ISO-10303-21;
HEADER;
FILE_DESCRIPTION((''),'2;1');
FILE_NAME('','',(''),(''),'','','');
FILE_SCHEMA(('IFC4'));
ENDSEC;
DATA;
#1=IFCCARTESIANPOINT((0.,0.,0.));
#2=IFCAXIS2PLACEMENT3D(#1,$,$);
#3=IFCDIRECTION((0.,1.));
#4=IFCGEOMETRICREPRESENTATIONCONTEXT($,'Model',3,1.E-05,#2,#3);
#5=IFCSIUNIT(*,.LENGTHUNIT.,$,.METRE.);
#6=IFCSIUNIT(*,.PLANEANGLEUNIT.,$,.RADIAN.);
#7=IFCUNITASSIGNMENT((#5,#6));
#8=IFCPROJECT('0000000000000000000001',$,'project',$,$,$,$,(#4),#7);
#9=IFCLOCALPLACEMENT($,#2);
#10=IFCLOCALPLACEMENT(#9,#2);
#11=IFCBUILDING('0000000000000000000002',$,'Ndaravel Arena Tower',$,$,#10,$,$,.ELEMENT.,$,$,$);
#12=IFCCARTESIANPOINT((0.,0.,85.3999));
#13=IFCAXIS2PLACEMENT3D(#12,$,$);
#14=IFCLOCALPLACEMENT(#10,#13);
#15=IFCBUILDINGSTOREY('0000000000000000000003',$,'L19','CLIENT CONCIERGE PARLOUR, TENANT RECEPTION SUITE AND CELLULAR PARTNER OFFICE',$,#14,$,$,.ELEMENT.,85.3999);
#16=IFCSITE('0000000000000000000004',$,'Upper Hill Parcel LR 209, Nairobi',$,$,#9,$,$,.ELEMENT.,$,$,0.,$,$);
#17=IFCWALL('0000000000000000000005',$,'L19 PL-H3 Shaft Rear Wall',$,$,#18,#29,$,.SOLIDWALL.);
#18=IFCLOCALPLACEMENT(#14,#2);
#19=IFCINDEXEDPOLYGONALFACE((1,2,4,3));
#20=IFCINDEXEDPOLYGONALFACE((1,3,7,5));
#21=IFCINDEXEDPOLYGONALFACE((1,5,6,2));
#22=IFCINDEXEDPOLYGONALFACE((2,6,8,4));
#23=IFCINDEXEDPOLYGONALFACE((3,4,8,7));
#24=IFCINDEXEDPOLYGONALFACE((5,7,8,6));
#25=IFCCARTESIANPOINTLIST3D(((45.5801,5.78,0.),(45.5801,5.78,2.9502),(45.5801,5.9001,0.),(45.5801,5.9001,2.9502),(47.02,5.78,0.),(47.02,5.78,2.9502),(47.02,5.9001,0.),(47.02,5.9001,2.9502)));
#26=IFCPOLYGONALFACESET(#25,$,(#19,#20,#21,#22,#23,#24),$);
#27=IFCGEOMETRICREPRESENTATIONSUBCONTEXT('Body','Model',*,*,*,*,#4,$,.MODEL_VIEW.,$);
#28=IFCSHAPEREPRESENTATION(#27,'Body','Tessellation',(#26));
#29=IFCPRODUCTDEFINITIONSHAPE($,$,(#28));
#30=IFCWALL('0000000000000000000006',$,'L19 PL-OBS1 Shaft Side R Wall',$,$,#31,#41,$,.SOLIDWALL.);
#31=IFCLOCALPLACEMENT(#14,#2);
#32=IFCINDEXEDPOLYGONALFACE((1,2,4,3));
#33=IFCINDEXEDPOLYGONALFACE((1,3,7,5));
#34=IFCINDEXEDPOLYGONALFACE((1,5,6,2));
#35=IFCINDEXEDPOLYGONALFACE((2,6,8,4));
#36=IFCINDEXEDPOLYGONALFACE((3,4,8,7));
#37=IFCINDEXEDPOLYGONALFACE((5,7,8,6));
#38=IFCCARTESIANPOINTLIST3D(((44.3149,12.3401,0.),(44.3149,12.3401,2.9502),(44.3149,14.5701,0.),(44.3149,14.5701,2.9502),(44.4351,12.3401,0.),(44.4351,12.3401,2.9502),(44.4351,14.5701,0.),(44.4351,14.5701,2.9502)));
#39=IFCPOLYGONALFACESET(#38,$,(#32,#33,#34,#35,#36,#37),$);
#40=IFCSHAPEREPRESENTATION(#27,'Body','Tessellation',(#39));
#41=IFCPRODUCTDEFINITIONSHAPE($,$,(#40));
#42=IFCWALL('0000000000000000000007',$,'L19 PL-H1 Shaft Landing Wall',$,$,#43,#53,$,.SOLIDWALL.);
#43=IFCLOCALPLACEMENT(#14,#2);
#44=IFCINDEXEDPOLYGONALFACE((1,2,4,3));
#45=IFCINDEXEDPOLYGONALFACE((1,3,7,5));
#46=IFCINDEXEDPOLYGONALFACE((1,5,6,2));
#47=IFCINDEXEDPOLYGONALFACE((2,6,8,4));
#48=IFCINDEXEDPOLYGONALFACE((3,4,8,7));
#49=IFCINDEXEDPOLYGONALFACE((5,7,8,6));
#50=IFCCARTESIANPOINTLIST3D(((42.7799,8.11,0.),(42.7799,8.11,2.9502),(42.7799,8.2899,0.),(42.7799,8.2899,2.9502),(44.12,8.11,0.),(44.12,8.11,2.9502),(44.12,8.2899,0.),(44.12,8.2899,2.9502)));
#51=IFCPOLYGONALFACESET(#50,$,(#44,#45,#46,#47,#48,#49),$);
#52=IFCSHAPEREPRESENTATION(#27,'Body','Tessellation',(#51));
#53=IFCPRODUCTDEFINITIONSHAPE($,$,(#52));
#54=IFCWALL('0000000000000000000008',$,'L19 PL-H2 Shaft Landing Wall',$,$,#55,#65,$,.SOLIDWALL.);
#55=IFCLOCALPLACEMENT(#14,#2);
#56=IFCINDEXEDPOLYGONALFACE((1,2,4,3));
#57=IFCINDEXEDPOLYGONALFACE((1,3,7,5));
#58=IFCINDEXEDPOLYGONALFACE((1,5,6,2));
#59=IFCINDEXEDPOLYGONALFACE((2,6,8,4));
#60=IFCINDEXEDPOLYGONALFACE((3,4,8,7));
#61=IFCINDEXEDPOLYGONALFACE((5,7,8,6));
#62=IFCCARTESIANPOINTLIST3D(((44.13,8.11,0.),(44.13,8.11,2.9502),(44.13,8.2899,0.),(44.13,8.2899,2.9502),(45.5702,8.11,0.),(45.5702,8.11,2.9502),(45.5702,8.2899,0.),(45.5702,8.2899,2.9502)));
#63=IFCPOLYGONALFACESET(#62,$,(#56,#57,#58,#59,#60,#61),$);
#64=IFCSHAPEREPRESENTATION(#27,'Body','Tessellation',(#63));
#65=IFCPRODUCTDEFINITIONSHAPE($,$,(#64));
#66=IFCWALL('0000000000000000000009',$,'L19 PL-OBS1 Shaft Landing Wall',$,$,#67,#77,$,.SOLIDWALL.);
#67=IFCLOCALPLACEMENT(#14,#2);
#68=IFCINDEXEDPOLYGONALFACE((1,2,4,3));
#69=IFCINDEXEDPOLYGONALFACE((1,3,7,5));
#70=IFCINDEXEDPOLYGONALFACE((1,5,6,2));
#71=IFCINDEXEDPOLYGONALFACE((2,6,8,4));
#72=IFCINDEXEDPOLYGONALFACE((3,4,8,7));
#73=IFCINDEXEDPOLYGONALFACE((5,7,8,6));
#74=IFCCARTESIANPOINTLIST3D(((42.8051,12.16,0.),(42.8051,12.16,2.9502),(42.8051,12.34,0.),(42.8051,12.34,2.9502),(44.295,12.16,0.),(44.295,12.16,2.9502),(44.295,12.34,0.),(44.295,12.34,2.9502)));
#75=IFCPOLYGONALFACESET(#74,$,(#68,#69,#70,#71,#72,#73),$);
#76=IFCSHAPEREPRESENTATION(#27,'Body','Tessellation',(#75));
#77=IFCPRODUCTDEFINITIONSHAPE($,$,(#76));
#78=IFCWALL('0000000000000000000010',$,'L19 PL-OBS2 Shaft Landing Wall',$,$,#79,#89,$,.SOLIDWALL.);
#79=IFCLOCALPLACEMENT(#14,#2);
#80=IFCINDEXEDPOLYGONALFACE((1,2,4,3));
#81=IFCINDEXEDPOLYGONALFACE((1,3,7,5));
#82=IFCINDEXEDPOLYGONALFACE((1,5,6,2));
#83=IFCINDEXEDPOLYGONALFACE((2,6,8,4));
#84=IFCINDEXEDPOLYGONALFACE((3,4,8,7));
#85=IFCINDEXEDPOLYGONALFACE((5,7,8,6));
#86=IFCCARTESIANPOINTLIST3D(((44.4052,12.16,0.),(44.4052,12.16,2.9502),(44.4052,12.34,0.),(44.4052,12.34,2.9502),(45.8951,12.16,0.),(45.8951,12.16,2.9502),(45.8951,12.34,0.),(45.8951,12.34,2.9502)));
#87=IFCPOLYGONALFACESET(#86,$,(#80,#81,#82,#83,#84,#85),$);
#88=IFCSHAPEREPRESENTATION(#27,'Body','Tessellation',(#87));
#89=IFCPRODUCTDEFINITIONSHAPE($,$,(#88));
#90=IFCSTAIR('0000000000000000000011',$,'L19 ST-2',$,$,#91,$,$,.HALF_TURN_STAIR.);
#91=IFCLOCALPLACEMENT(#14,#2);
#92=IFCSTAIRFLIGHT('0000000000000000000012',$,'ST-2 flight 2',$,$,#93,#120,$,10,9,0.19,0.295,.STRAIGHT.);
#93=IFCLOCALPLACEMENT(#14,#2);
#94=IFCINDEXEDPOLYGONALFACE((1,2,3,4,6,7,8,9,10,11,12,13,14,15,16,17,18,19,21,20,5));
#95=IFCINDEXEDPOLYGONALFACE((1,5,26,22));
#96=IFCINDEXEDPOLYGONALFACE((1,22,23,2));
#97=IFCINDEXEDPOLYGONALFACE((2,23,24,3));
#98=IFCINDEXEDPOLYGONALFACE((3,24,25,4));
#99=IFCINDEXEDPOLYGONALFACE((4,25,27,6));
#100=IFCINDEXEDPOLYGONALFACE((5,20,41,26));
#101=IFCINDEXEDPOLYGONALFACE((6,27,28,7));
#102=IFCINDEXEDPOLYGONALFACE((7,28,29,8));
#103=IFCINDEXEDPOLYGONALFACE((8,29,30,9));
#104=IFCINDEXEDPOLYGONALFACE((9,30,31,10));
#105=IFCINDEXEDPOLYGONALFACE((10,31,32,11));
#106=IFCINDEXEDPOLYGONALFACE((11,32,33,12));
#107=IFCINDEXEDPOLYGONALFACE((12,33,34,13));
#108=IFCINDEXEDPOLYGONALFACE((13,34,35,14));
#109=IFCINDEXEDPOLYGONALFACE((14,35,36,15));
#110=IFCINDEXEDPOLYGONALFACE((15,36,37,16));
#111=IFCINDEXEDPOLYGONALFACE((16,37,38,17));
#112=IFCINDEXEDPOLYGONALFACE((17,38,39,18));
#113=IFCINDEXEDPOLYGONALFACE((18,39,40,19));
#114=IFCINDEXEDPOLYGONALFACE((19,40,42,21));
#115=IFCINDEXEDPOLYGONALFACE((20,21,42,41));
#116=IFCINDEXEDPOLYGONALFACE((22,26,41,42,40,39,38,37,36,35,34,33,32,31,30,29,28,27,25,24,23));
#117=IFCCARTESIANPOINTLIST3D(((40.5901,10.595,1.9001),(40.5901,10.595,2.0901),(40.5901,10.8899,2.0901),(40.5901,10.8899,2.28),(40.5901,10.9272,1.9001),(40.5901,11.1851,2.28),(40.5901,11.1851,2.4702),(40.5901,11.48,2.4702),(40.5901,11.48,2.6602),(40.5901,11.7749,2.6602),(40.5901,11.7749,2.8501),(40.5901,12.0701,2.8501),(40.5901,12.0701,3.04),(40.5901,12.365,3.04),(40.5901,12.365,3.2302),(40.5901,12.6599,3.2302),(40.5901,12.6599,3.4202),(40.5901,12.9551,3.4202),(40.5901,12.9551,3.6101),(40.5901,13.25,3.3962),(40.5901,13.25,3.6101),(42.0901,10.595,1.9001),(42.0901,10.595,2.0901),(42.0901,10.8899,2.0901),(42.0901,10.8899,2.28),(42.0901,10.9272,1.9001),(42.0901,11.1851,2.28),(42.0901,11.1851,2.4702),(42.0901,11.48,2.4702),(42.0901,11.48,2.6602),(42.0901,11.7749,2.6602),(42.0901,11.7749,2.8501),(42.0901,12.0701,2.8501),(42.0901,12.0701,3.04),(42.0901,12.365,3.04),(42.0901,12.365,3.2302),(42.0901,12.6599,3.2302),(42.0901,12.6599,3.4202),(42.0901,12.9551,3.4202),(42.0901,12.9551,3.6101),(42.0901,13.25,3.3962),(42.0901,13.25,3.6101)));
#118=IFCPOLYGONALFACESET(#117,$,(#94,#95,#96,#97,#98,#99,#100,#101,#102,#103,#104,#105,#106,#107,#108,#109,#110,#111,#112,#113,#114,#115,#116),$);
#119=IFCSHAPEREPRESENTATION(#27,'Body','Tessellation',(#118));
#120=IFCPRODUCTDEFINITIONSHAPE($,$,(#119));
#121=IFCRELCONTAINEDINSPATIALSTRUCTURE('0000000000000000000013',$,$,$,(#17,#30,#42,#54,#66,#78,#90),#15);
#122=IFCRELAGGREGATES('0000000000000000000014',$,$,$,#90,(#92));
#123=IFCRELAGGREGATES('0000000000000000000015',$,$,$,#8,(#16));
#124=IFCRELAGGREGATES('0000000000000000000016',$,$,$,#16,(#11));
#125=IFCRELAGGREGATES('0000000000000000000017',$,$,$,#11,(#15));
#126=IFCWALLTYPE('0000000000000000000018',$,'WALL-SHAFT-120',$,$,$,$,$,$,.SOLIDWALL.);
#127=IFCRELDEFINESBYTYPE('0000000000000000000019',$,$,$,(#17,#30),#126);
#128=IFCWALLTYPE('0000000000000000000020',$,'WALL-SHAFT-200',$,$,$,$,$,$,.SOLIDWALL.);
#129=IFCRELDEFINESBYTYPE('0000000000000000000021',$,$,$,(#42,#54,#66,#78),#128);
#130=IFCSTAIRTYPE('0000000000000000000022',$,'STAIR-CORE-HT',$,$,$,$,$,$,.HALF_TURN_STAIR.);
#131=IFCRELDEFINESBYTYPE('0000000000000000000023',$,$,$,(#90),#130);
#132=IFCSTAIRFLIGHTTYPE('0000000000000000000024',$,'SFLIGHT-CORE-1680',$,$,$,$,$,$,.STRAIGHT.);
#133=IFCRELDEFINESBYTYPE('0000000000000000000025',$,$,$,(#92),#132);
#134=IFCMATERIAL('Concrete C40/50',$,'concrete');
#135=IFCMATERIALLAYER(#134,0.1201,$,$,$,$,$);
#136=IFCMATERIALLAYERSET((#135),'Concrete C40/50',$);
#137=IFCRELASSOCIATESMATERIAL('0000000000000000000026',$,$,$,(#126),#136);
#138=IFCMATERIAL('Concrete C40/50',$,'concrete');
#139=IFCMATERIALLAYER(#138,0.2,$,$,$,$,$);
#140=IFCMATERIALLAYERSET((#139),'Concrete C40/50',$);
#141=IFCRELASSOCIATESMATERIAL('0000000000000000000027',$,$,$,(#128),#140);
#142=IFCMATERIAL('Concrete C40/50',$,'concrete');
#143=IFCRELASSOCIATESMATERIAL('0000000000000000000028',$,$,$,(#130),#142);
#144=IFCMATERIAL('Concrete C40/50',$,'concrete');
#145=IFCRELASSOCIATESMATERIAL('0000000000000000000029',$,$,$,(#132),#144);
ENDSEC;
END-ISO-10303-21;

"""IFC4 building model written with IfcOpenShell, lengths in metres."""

from ifc_helpers import new_model, si_unit, direction, frame, frame_2d, origin, place, context, subcontext, project, spatial, polyline, rectangle, outline, extrude, material, layer, layer_set, type_object, element, aggregate, save


model = new_model("IFC4")

# Units and contexts
model_context = context("Model", 3, precision=1e-05, world=origin(), true_north=direction((0.0, 1.0)))
body_context = subcontext(model_context, "Body", "Model", "MODEL_VIEW")
ifc_project = project(units=[si_unit("LENGTHUNIT", "METRE"), si_unit("PLANEANGLEUNIT", "RADIAN")], contexts=[model_context])

# Site, building, storey
site_placement = place(None, origin())
site = spatial("IfcSite", under=ifc_project, at=site_placement, Name="Upper Hill Parcel LR 209, Nairobi", CompositionType="ELEMENT", RefElevation=0.0)
building_placement = place(site_placement, origin())
building = spatial("IfcBuilding", under=site, at=building_placement, Name="Ndaravel Arena Tower", CompositionType="ELEMENT")
storey_placement = place(building_placement, frame((0.0, 0.0, 85.3999)))
storey = spatial("IfcBuildingStorey", under=building, at=storey_placement, Name="L19", Description="CLIENT CONCIERGE PARLOUR, TENANT RECEPTION SUITE AND CELLULAR PARTNER OFFICE", CompositionType="ELEMENT", Elevation=85.3999)

# Walls
ifc_material_1 = material(Name="Concrete C40/50", Category="concrete")
ifc_layer_1 = layer(ifc_material_1, 0.1201)
ifc_layer_set_1 = layer_set([ifc_layer_1], Name="Concrete C40/50")
wall_type_1 = type_object("IfcWallType", Name="WALL-SHAFT-120", PredefinedType="SOLIDWALL", material=ifc_layer_set_1)
wall_1_placement = place(storey_placement, frame((45.5801, 5.8401, 0.0), z_axis=(0.0, 0.0, 1.0), x_axis=(1.0, 0.0, 0.0)))
element("IfcWall", 1, at=wall_1_placement, inside=storey, type_object=wall_type_1, Name="L19 PL-H3 Shaft Rear Wall", PredefinedType="SOLIDWALL", context=body_context, shape_type="SweptSolid", body=[
    extrude(rectangle(XDim=1.4399, YDim=0.1201, at=frame_2d((0.72, 0.0))), origin(), (0.0, 0.0, 1.0), 2.9502),
])
wall_2_placement = place(storey_placement, frame((44.375, 12.3401, 0.0), z_axis=(0.0, 0.0, 1.0), x_axis=(0.0, 1.0, 0.0)))
element("IfcWall", 2, at=wall_2_placement, inside=storey, type_object=wall_type_1, Name="L19 PL-OBS1 Shaft Side R Wall", PredefinedType="SOLIDWALL", context=body_context, shape_type="SweptSolid", body=[
    extrude(rectangle(XDim=2.23, YDim=0.1201, at=frame_2d((1.115, 0.0))), origin(), (0.0, 0.0, 1.0), 2.9502),
])
ifc_material_2 = material(Name="Concrete C40/50", Category="concrete")
ifc_layer_2 = layer(ifc_material_2, 0.2)
ifc_layer_set_2 = layer_set([ifc_layer_2], Name="Concrete C40/50")
wall_type_2 = type_object("IfcWallType", Name="WALL-SHAFT-200", PredefinedType="SOLIDWALL", material=ifc_layer_set_2)
wall_3_placement = place(storey_placement, frame((42.78, 8.2, 0.0), z_axis=(0.0, 0.0, 1.0), x_axis=(1.0, 0.0, 0.0)))
element("IfcWall", 3, at=wall_3_placement, inside=storey, type_object=wall_type_2, Name="L19 PL-H1 Shaft Landing Wall", PredefinedType="SOLIDWALL", context=body_context, shape_type="SweptSolid", body=[
    extrude(rectangle(XDim=1.3401, YDim=0.1799, at=frame_2d((0.6699, 0.0))), origin(), (0.0, 0.0, 1.0), 2.9502),
])
wall_4_placement = place(storey_placement, frame((44.1299, 8.2, 0.0), z_axis=(0.0, 0.0, 1.0), x_axis=(1.0, 0.0, 0.0)))
element("IfcWall", 4, at=wall_4_placement, inside=storey, type_object=wall_type_2, Name="L19 PL-H2 Shaft Landing Wall", PredefinedType="SOLIDWALL", context=body_context, shape_type="SweptSolid", body=[
    extrude(rectangle(XDim=1.4402, YDim=0.1799, at=frame_2d((0.7202, 0.0))), origin(), (0.0, 0.0, 1.0), 2.9502),
])
for number, where, z_axis, x_axis, name in (
    (5, (42.8049, 12.25, 0.0), (0.0, 0.0, 1.0), (1.0, 0.0, 0.0), "L19 PL-OBS1 Shaft Landing Wall"),
    (6, (44.405, 12.25, 0.0), (0.0, 0.0, 1.0), (1.0, 0.0, 0.0), "L19 PL-OBS2 Shaft Landing Wall"),
):
    element("IfcWall", number, at=place(storey_placement, frame(where, z_axis=z_axis, x_axis=x_axis)), inside=storey, type_object=wall_type_2, Name=name, PredefinedType="SOLIDWALL", context=body_context, shape_type="SweptSolid", body=[
        extrude(rectangle(XDim=1.49, YDim=0.1799, at=frame_2d((0.7451, 0.0))), origin(), (0.0, 0.0, 1.0), 2.9502),
    ])

# Stair, stair flight
ifc_material_3 = material(Name="Concrete C40/50", Category="concrete")
stair_type = type_object("IfcStairType", Name="STAIR-CORE-HT", PredefinedType="HALF_TURN_STAIR", material=ifc_material_3)
stair_placement = place(storey_placement, origin())
stair = element("IfcStair", 7, at=stair_placement, inside=storey, type_object=stair_type, Name="L19 ST-2", PredefinedType="HALF_TURN_STAIR")
ifc_material_4 = material(Name="Concrete C40/50", Category="concrete")
stair_flight_type = type_object("IfcStairFlightType", Name="SFLIGHT-CORE-1680", PredefinedType="STRAIGHT", material=ifc_material_4)
stair_flight_placement = place(storey_placement, frame((41.3401, 10.595, 1.9001), z_axis=(0.0, 0.0, 1.0), x_axis=(0.0, 1.0, 0.0)))
stair_flight = element("IfcStairFlight", 8, at=stair_flight_placement, type_object=stair_flight_type, Name="ST-2 flight 2", NumberOfRisers=10, NumberOfTreads=9, PredefinedType="STRAIGHT", RiserHeight=0.19, TreadLength=0.295, context=body_context, shape_type="SweptSolid", body=[
    extrude(outline(polyline([(0.0, 0.0), (0.0, 0.1899), (0.2949, 0.1899), (0.2949, 0.3799), (0.5901, 0.3799), (0.5901, 0.5701), (0.885, 0.5701), (0.885, 0.76), (1.1799, 0.76), (1.1799, 0.95), (1.4751, 0.95), (1.4751, 1.1399), (1.77, 1.1399), (1.77, 1.3301), (2.0649, 1.3301), (2.0649, 1.52), (2.3601, 1.52), (2.3601, 1.71), (2.655, 1.71), (2.655, 1.8999), (2.655, 1.4961), (0.3323, 0.0), (0.0, 0.0)])), frame((0.0, 0.75, 0.0), z_axis=(0.0, -1.0, 0.0), x_axis=(1.0, 0.0, 0.0)), (0.0, 0.0, 1.0), 1.5),
])
aggregate(stair, [stair_flight])

save(model, "model.ifc")
